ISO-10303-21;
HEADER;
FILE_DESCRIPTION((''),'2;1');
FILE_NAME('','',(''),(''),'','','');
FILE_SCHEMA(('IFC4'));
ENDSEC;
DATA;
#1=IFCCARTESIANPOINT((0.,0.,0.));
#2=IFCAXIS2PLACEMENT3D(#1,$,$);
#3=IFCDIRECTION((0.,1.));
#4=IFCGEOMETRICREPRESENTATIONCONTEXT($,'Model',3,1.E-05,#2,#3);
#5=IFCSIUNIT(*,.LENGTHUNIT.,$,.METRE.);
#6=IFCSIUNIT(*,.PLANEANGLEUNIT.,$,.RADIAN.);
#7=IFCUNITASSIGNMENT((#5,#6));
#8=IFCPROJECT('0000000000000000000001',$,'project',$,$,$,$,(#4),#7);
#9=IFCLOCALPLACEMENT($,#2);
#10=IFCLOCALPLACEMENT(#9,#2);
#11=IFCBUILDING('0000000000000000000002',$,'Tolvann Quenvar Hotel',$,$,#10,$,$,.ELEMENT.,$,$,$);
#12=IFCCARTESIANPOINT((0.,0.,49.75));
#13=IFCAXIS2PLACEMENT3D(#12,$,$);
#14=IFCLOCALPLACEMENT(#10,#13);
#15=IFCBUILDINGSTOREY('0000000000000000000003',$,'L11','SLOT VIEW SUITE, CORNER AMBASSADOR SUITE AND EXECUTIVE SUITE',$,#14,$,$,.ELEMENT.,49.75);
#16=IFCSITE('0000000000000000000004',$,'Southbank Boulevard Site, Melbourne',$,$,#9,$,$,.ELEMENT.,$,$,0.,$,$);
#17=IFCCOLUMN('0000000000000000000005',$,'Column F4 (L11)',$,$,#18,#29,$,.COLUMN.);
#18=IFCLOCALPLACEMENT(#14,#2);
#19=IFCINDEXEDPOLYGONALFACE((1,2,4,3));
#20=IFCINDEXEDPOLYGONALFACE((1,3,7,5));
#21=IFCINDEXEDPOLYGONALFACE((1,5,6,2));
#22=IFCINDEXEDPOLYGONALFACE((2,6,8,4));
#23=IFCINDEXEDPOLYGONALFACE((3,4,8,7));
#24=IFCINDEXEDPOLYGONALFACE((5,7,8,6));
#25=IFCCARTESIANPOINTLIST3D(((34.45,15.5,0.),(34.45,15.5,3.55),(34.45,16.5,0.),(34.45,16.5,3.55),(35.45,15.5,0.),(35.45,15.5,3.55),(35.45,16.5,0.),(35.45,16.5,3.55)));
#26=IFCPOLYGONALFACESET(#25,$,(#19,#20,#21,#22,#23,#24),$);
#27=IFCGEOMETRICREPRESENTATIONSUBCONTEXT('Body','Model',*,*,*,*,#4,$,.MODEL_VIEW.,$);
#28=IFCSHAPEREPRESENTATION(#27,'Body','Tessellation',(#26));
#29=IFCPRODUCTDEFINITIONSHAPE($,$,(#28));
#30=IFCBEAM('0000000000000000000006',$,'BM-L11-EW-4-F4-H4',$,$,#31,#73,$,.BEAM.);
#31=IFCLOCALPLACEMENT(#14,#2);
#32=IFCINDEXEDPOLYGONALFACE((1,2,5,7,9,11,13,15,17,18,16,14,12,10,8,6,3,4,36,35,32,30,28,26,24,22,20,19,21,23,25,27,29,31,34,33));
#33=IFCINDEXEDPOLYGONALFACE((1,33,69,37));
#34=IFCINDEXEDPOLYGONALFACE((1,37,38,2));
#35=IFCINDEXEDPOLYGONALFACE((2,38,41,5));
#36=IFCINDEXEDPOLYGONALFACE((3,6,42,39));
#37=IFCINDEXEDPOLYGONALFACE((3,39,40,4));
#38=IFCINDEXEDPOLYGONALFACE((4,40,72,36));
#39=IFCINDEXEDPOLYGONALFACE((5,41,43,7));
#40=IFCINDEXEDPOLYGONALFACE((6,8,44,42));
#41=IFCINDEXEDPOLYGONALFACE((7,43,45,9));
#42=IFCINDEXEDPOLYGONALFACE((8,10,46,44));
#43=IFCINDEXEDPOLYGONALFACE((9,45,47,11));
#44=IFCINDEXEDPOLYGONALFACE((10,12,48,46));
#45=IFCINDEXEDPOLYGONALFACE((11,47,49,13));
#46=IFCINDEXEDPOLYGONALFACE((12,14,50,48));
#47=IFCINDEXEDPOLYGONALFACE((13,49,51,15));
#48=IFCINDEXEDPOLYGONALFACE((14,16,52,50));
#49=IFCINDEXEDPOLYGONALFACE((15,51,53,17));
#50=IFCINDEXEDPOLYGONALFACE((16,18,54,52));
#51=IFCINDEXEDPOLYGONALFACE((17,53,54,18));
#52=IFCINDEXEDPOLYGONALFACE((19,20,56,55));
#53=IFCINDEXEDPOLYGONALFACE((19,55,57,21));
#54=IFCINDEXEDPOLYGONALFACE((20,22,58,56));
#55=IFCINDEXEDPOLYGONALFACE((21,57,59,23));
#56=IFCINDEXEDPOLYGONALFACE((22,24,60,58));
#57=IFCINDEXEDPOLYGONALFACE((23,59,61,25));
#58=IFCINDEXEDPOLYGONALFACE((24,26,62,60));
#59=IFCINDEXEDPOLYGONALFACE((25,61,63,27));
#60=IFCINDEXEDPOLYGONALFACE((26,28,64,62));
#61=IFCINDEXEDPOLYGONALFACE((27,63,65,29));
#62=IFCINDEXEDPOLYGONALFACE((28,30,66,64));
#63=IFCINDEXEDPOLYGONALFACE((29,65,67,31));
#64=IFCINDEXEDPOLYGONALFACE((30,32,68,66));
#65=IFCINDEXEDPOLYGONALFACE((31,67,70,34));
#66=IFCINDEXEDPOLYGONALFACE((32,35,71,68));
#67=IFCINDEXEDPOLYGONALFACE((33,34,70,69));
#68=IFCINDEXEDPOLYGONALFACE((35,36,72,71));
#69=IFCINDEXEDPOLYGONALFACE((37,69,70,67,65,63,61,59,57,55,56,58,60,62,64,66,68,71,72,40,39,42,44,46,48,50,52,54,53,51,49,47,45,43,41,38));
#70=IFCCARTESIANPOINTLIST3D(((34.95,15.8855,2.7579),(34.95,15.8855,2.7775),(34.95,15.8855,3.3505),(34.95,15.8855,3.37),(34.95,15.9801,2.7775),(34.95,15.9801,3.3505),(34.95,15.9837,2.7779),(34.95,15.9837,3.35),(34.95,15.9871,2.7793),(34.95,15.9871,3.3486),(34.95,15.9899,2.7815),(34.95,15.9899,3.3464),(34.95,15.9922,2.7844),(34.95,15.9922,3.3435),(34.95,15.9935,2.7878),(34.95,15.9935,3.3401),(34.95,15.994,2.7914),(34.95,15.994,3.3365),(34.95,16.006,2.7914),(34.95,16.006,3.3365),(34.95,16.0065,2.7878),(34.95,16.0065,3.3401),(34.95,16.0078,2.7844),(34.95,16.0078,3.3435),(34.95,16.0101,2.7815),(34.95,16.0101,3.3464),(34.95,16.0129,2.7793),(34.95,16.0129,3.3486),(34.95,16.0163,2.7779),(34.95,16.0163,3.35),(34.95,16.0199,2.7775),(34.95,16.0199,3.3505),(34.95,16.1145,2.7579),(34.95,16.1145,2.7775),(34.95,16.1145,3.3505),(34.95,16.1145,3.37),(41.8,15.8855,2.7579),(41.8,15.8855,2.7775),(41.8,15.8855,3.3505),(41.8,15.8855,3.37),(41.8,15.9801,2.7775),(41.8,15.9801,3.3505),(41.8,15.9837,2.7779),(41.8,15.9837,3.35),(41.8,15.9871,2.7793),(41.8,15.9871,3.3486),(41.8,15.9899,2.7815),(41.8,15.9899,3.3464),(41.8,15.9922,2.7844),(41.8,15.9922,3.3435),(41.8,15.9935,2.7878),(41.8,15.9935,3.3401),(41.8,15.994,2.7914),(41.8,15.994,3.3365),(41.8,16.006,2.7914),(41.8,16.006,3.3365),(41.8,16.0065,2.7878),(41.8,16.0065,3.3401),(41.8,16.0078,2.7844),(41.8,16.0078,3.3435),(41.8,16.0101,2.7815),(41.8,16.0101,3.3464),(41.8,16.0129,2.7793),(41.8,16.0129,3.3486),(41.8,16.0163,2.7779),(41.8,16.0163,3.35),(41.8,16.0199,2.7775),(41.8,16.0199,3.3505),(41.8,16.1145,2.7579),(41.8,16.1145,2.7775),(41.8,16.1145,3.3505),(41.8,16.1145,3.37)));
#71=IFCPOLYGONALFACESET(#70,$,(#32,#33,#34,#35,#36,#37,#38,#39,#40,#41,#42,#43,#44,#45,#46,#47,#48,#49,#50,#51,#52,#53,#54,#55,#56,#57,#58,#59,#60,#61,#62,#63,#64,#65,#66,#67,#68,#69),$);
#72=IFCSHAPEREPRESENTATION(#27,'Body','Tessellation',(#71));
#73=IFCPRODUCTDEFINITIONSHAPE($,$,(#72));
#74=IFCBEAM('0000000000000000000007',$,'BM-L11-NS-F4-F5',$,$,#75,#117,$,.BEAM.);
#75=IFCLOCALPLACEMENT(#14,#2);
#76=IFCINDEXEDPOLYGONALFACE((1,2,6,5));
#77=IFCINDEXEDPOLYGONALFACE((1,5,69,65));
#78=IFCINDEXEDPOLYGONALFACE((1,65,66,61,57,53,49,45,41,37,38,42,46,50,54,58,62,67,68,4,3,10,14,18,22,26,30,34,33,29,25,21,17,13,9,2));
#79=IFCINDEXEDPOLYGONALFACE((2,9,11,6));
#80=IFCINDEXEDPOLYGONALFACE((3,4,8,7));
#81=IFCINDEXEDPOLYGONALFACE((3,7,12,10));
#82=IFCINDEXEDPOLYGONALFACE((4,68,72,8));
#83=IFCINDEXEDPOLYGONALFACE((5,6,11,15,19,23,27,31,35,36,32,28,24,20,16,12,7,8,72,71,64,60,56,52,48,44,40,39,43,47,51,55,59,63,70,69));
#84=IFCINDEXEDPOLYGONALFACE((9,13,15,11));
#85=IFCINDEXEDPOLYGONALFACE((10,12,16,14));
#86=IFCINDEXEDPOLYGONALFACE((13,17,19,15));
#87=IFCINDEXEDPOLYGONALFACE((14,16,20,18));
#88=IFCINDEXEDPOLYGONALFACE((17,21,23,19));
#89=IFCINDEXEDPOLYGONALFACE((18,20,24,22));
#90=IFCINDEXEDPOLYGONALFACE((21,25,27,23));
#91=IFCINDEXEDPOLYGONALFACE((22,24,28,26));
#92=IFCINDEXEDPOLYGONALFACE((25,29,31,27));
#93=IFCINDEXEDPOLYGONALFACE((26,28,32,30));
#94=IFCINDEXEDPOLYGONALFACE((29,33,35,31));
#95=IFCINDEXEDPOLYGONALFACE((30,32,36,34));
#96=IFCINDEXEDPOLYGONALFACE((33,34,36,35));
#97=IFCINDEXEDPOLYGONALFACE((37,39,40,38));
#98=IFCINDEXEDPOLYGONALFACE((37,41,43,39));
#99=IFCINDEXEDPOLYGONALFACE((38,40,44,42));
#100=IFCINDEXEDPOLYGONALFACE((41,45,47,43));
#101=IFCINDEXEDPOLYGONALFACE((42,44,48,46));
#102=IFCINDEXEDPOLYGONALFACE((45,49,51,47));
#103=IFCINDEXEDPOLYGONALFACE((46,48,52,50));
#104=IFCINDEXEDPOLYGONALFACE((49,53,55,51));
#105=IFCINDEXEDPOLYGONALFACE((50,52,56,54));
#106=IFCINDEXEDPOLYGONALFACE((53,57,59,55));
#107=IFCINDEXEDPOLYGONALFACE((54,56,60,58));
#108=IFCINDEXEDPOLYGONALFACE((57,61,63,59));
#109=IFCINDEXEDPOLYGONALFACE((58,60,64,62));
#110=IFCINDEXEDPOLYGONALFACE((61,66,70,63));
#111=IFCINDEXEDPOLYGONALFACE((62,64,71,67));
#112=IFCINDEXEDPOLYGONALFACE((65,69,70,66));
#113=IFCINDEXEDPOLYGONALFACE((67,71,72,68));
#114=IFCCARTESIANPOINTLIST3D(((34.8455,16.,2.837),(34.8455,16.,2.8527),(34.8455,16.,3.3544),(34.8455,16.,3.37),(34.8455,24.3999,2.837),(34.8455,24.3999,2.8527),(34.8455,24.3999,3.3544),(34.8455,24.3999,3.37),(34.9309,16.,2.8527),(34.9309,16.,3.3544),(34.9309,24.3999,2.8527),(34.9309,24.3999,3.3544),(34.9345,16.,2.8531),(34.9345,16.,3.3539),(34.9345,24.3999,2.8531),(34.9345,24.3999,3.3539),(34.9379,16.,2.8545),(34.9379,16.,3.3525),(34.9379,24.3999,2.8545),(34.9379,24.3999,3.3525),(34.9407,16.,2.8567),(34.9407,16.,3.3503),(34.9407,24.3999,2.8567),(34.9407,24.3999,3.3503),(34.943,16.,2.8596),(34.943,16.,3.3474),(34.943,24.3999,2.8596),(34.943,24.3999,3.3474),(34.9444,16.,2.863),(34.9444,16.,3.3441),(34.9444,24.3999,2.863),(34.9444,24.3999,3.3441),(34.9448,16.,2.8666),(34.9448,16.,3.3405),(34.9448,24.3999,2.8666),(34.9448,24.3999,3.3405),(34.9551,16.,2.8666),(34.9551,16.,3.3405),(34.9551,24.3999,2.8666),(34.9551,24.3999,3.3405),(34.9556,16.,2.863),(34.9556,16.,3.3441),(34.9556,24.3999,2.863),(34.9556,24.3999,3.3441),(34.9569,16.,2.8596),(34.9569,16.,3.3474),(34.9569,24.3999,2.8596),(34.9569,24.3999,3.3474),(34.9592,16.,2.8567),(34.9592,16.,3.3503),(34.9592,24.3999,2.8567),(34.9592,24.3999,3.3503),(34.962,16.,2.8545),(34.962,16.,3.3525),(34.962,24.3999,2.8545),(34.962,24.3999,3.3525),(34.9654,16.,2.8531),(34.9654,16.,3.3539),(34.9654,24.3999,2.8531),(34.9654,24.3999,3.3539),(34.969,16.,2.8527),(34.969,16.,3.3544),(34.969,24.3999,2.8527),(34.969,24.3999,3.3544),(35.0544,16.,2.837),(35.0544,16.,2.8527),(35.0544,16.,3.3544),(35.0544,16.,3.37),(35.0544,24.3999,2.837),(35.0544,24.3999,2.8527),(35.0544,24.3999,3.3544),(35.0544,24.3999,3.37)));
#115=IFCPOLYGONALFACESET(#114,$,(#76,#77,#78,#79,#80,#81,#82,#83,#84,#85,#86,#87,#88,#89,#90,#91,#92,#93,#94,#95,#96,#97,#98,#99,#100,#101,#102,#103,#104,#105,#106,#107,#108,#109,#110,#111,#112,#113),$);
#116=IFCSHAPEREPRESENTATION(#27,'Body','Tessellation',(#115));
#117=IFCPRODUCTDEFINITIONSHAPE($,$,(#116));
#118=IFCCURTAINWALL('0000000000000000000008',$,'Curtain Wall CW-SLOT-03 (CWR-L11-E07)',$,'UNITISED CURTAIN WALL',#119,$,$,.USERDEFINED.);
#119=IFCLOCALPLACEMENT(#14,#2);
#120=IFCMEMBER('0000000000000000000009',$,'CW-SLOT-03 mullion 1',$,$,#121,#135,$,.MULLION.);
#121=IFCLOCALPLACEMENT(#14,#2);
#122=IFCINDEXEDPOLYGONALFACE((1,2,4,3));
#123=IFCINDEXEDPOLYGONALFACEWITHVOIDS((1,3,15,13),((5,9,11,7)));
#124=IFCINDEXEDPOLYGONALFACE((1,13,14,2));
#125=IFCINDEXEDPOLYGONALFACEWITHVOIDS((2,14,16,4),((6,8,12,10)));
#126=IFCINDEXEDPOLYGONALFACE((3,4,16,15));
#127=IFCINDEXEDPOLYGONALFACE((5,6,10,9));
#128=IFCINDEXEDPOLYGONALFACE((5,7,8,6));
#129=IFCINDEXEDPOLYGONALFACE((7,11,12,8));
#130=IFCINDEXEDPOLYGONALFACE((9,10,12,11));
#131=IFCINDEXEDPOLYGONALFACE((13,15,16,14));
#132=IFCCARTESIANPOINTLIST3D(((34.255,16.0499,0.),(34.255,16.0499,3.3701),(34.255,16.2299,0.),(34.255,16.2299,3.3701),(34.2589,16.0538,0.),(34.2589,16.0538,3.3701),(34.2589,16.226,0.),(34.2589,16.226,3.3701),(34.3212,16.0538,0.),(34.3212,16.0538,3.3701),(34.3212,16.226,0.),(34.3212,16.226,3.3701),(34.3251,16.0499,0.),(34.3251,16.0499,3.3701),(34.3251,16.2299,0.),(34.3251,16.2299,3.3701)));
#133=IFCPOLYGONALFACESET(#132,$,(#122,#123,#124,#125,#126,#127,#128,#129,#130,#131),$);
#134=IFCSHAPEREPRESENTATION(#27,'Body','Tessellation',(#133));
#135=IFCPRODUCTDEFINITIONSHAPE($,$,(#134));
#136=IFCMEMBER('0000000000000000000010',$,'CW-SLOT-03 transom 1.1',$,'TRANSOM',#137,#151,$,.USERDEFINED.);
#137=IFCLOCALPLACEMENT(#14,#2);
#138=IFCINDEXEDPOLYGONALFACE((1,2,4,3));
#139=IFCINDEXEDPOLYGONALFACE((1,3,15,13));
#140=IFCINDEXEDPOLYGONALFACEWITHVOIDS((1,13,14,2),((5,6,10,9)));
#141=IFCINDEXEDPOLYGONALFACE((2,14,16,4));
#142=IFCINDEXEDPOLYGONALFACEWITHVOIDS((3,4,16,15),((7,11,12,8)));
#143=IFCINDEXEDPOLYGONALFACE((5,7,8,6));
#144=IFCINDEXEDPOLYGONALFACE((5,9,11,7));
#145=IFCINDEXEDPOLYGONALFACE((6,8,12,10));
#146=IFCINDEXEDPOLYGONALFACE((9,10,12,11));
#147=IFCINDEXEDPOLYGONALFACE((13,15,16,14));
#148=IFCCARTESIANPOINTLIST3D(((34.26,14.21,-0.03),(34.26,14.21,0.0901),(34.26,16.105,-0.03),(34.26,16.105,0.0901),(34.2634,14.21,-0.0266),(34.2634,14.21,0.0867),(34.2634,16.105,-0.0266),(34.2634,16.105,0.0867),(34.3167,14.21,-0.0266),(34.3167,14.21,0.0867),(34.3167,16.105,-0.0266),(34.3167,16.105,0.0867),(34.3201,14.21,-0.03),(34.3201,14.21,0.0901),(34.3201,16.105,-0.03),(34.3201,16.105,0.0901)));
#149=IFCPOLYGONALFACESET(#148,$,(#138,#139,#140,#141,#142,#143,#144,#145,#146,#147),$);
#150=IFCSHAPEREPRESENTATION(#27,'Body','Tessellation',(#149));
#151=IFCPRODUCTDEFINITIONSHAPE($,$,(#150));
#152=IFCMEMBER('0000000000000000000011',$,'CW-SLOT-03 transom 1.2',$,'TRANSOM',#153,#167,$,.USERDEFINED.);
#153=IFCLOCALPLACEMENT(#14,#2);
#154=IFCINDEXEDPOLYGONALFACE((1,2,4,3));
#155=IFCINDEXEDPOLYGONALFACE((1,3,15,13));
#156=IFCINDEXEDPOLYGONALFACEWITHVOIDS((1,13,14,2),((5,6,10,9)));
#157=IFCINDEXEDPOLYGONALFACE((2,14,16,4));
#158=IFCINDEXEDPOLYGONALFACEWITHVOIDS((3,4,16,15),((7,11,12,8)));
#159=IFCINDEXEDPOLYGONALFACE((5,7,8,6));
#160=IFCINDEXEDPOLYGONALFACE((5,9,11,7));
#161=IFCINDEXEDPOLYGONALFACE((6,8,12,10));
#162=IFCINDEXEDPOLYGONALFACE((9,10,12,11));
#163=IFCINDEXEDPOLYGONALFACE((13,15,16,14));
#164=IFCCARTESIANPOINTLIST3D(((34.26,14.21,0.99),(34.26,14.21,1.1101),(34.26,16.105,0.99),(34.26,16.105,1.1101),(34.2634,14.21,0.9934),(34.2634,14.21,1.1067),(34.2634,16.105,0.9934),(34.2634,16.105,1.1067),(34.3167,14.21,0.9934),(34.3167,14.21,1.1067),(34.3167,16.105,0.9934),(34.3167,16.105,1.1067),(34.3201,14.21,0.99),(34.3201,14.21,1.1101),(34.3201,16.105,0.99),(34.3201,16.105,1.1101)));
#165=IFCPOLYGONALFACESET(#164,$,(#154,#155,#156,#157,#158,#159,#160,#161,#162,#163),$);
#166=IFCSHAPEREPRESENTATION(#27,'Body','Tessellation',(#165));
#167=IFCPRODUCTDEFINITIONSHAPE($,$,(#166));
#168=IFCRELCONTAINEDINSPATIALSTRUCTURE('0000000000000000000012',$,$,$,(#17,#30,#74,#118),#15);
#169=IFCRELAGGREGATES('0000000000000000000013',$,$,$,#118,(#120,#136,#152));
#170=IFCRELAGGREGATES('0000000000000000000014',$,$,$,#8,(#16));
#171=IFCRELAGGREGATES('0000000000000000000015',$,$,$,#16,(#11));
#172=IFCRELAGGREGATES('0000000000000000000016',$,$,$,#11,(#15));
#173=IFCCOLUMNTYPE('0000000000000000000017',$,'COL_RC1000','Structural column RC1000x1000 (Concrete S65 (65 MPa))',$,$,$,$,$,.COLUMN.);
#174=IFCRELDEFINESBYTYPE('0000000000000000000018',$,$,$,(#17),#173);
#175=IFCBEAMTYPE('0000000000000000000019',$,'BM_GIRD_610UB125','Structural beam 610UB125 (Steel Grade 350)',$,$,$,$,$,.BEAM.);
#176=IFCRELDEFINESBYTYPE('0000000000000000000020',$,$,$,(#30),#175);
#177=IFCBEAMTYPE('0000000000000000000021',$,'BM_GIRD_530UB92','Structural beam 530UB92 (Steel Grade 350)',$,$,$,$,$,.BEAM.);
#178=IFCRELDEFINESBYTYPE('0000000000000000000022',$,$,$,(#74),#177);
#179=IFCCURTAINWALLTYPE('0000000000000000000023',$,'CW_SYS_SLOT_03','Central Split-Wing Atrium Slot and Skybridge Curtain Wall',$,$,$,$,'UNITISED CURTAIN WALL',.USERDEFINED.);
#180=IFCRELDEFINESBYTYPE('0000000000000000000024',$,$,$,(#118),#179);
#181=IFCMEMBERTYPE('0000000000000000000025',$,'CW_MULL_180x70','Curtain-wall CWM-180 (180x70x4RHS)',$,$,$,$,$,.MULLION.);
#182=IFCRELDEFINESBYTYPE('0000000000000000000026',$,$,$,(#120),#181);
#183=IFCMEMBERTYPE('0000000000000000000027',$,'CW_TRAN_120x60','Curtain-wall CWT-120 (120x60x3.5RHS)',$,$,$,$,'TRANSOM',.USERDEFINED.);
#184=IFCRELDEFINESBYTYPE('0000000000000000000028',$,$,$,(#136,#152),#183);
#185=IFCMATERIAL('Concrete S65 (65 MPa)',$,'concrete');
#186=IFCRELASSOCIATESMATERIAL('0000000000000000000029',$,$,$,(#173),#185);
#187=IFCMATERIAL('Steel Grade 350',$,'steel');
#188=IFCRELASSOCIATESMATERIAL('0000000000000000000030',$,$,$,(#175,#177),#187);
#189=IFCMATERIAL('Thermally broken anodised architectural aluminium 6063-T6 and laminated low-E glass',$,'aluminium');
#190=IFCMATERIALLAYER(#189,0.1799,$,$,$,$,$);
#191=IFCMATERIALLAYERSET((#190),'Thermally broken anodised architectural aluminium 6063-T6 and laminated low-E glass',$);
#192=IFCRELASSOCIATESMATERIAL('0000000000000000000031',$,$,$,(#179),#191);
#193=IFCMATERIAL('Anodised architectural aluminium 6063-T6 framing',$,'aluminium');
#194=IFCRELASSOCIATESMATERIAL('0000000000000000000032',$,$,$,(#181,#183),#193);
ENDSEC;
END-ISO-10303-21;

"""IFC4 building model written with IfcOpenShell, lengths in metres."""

from ifc_helpers import new_model, si_unit, direction, frame, origin, origin_2d, place, context, subcontext, project, spatial, rectangle, hollow_rectangle, i_section, extrude, source, transform, mapped, material, layer, layer_set, material_profile, profile_set, type_object, type_shapes, element, aggregate, save


model = new_model("IFC4")

# Units and contexts
model_context = context("Model", 3, precision=1e-05, world=origin(), true_north=direction((0.0, 1.0)))
body_context = subcontext(model_context, "Body", "Model", "MODEL_VIEW")
ifc_project = project(units=[si_unit("LENGTHUNIT", "METRE"), si_unit("PLANEANGLEUNIT", "RADIAN")], contexts=[model_context])

# Site, building, storey
site_placement = place(None, origin())
site = spatial("IfcSite", under=ifc_project, at=site_placement, Name="Southbank Boulevard Site, Melbourne", CompositionType="ELEMENT", RefElevation=0.0)
building_placement = place(site_placement, origin())
building = spatial("IfcBuilding", under=site, at=building_placement, Name="Tolvann Quenvar Hotel", CompositionType="ELEMENT")
storey_placement = place(building_placement, frame((0.0, 0.0, 49.75)))
storey = spatial("IfcBuildingStorey", under=building, at=storey_placement, Name="L11", Description="SLOT VIEW SUITE, CORNER AMBASSADOR SUITE AND EXECUTIVE SUITE", CompositionType="ELEMENT", Elevation=49.75)

# Column
ifc_material_1 = material(Name="Concrete S65 (65 MPa)", Category="concrete")
ifc_material_profile_1 = material_profile(ifc_material_1, rectangle(XDim=1.0, YDim=1.0, at=origin_2d()), Name="RC1000x1000")
ifc_profile_set_1 = profile_set([ifc_material_profile_1], Name="Concrete S65 (65 MPa)")
column_type = type_object("IfcColumnType", Name="COL_RC1000", Description="Structural column RC1000x1000 (Concrete S65 (65 MPa))", PredefinedType="COLUMN", material=ifc_profile_set_1)
shared_shape_1 = source(origin(), body_context, "Body", "SweptSolid", [
    extrude(rectangle(XDim=1.0, YDim=1.0, at=origin_2d()), origin(), (0.0, 0.0, 1.0), 3.55),
])
type_shapes(column_type, [shared_shape_1])
column_placement = place(storey_placement, frame((34.95, 16.0, 0.0), z_axis=(0.0, 0.0, 1.0), x_axis=(1.0, 0.0, 0.0)))
element("IfcColumn", 1, at=column_placement, inside=storey, type_object=column_type, Name="Column F4 (L11)", PredefinedType="COLUMN", context=body_context, shape_type="MappedRepresentation", body=[
    mapped(shared_shape_1, transform((0.0, 0.0, 0.0), x_axis=(1.0, 0.0, 0.0), y_axis=(0.0, 1.0, 0.0), z_axis=(0.0, 0.0, 1.0), scale=1.0)),
])

# Beams
ifc_material_2 = material(Name="Steel Grade 350", Category="steel")
ifc_material_profile_2 = material_profile(ifc_material_2, i_section(OverallWidth=0.229, OverallDepth=0.6121, WebThickness=0.012, FlangeThickness=0.0195, FilletRadius=0.0139, at=origin_2d()), Name="610UB125")
ifc_profile_set_2 = profile_set([ifc_material_profile_2], Name="Steel Grade 350")
beam_type_1 = type_object("IfcBeamType", Name="BM_GIRD_610UB125", Description="Structural beam 610UB125 (Steel Grade 350)", PredefinedType="BEAM", material=ifc_profile_set_2)
shared_shape_2 = source(origin(), body_context, "Body", "SweptSolid", [
    extrude(i_section(OverallWidth=0.229, OverallDepth=0.6121, WebThickness=0.012, FlangeThickness=0.0195, FilletRadius=0.0139, at=origin_2d()), origin(), (0.0, 0.0, 1.0), 6.8501),
])
type_shapes(beam_type_1, [shared_shape_2])
beam_1_placement = place(storey_placement, frame((34.95, 16.0, 3.064), z_axis=(1.0, 0.0, 0.0), x_axis=(0.0, 1.0, 0.0)))
element("IfcBeam", 2, at=beam_1_placement, inside=storey, type_object=beam_type_1, Name="BM-L11-EW-4-F4-H4", PredefinedType="BEAM", context=body_context, shape_type="MappedRepresentation", body=[
    mapped(shared_shape_2, transform((0.0, 0.0, 0.0), x_axis=(1.0, 0.0, 0.0), y_axis=(0.0, 1.0, 0.0), z_axis=(0.0, 0.0, 1.0), scale=1.0)),
])
ifc_material_profile_3 = material_profile(ifc_material_2, i_section(OverallWidth=0.209, OverallDepth=0.533, WebThickness=0.0103, FlangeThickness=0.0156, FilletRadius=0.0139, at=origin_2d()), Name="530UB92")
ifc_profile_set_3 = profile_set([ifc_material_profile_3], Name="Steel Grade 350")
beam_type_2 = type_object("IfcBeamType", Name="BM_GIRD_530UB92", Description="Structural beam 530UB92 (Steel Grade 350)", PredefinedType="BEAM", material=ifc_profile_set_3)
shared_shape_3 = source(origin(), body_context, "Body", "SweptSolid", [
    extrude(i_section(OverallWidth=0.209, OverallDepth=0.533, WebThickness=0.0103, FlangeThickness=0.0156, FilletRadius=0.0139, at=origin_2d()), origin(), (0.0, 0.0, 1.0), 8.3999),
])
type_shapes(beam_type_2, [shared_shape_3])
beam_2_placement = place(storey_placement, frame((34.95, 16.0, 3.1035), z_axis=(0.0, 1.0, 0.0), x_axis=(-1.0, 0.0, 0.0)))
element("IfcBeam", 3, at=beam_2_placement, inside=storey, type_object=beam_type_2, Name="BM-L11-NS-F4-F5", PredefinedType="BEAM", context=body_context, shape_type="MappedRepresentation", body=[
    mapped(shared_shape_3, transform((0.0, 0.0, 0.0), x_axis=(1.0, 0.0, 0.0), y_axis=(0.0, 1.0, 0.0), z_axis=(0.0, 0.0, 1.0), scale=1.0)),
])

# Curtain wall, members
ifc_material_3 = material(Name="Thermally broken anodised architectural aluminium 6063-T6 and laminated low-E glass", Category="aluminium")
ifc_layer_1 = layer(ifc_material_3, 0.1799)
ifc_layer_set_1 = layer_set([ifc_layer_1], Name="Thermally broken anodised architectural aluminium 6063-T6 and laminated low-E glass")
curtain_wall_type = type_object("IfcCurtainWallType", Name="CW_SYS_SLOT_03", Description="Central Split-Wing Atrium Slot and Skybridge Curtain Wall", ElementType="UNITISED CURTAIN WALL", PredefinedType="USERDEFINED", material=ifc_layer_set_1)
curtain_wall_placement = place(storey_placement, origin())
curtain_wall = element("IfcCurtainWall", 4, at=curtain_wall_placement, inside=storey, type_object=curtain_wall_type, Name="Curtain Wall CW-SLOT-03 (CWR-L11-E07)", ObjectType="UNITISED CURTAIN WALL", PredefinedType="USERDEFINED")
ifc_material_4 = material(Name="Anodised architectural aluminium 6063-T6 framing", Category="aluminium")
ifc_material_profile_4 = material_profile(ifc_material_4, hollow_rectangle(XDim=0.0701, YDim=0.1799, WallThickness=0.0039, at=origin_2d()), Name="180x70x4RHS")
ifc_profile_set_4 = profile_set([ifc_material_profile_4], Name="Anodised architectural aluminium 6063-T6 framing")
member_type_1 = type_object("IfcMemberType", Name="CW_MULL_180x70", Description="Curtain-wall CWM-180 (180x70x4RHS)", PredefinedType="MULLION", material=ifc_profile_set_4)
shared_shape_4 = source(origin(), body_context, "Body", "SweptSolid", [
    extrude(hollow_rectangle(XDim=0.0701, YDim=0.1799, WallThickness=0.0039, at=origin_2d()), origin(), (0.0, 0.0, 1.0), 3.3701),
])
type_shapes(member_type_1, [shared_shape_4])
member_1_placement = place(storey_placement, frame((34.29, 16.1399, 0.0), z_axis=(0.0, 0.0, 1.0), x_axis=(1.0, 0.0, 0.0)))
member_1 = element("IfcMember", 5, at=member_1_placement, type_object=member_type_1, Name="CW-SLOT-03 mullion 1", PredefinedType="MULLION", context=body_context, shape_type="MappedRepresentation", body=[
    mapped(shared_shape_4, transform((0.0, 0.0, 0.0), x_axis=(1.0, 0.0, 0.0), y_axis=(0.0, 1.0, 0.0), z_axis=(0.0, 0.0, 1.0), scale=1.0)),
])
ifc_material_profile_5 = material_profile(ifc_material_4, hollow_rectangle(XDim=0.0601, YDim=0.1201, WallThickness=0.0034, at=origin_2d()), Name="120x60x3.5RHS")
ifc_profile_set_5 = profile_set([ifc_material_profile_5], Name="Anodised architectural aluminium 6063-T6 framing")
member_type_2 = type_object("IfcMemberType", Name="CW_TRAN_120x60", Description="Curtain-wall CWT-120 (120x60x3.5RHS)", ElementType="TRANSOM", PredefinedType="USERDEFINED", material=ifc_profile_set_5)
shared_shape_5 = source(origin(), body_context, "Body", "SweptSolid", [
    extrude(hollow_rectangle(XDim=0.0601, YDim=0.1201, WallThickness=0.0034, at=origin_2d()), origin(), (0.0, 0.0, 1.0), 1.895),
])
type_shapes(member_type_2, [shared_shape_5])
member_2_placement = place(storey_placement, frame((34.29, 16.105, 0.03), z_axis=(0.0, -1.0, 0.0), x_axis=(1.0, 0.0, 0.0)))
member_2 = element("IfcMember", 6, at=member_2_placement, type_object=member_type_2, Name="CW-SLOT-03 transom 1.1", ObjectType="TRANSOM", PredefinedType="USERDEFINED", context=body_context, shape_type="MappedRepresentation", body=[
    mapped(shared_shape_5, transform((0.0, 0.0, 0.0), x_axis=(1.0, 0.0, 0.0), y_axis=(0.0, 1.0, 0.0), z_axis=(0.0, 0.0, 1.0), scale=1.0)),
])
member_3_placement = place(storey_placement, frame((34.29, 16.105, 1.05), z_axis=(0.0, -1.0, 0.0), x_axis=(1.0, 0.0, 0.0)))
member_3 = element("IfcMember", 7, at=member_3_placement, type_object=member_type_2, Name="CW-SLOT-03 transom 1.2", ObjectType="TRANSOM", PredefinedType="USERDEFINED", context=body_context, shape_type="MappedRepresentation", body=[
    mapped(shared_shape_5, transform((0.0, 0.0, 0.0), x_axis=(1.0, 0.0, 0.0), y_axis=(0.0, 1.0, 0.0), z_axis=(0.0, 0.0, 1.0), scale=1.0)),
])
aggregate(curtain_wall, [member_1, member_2, member_3])

save(model, "model.ifc")
